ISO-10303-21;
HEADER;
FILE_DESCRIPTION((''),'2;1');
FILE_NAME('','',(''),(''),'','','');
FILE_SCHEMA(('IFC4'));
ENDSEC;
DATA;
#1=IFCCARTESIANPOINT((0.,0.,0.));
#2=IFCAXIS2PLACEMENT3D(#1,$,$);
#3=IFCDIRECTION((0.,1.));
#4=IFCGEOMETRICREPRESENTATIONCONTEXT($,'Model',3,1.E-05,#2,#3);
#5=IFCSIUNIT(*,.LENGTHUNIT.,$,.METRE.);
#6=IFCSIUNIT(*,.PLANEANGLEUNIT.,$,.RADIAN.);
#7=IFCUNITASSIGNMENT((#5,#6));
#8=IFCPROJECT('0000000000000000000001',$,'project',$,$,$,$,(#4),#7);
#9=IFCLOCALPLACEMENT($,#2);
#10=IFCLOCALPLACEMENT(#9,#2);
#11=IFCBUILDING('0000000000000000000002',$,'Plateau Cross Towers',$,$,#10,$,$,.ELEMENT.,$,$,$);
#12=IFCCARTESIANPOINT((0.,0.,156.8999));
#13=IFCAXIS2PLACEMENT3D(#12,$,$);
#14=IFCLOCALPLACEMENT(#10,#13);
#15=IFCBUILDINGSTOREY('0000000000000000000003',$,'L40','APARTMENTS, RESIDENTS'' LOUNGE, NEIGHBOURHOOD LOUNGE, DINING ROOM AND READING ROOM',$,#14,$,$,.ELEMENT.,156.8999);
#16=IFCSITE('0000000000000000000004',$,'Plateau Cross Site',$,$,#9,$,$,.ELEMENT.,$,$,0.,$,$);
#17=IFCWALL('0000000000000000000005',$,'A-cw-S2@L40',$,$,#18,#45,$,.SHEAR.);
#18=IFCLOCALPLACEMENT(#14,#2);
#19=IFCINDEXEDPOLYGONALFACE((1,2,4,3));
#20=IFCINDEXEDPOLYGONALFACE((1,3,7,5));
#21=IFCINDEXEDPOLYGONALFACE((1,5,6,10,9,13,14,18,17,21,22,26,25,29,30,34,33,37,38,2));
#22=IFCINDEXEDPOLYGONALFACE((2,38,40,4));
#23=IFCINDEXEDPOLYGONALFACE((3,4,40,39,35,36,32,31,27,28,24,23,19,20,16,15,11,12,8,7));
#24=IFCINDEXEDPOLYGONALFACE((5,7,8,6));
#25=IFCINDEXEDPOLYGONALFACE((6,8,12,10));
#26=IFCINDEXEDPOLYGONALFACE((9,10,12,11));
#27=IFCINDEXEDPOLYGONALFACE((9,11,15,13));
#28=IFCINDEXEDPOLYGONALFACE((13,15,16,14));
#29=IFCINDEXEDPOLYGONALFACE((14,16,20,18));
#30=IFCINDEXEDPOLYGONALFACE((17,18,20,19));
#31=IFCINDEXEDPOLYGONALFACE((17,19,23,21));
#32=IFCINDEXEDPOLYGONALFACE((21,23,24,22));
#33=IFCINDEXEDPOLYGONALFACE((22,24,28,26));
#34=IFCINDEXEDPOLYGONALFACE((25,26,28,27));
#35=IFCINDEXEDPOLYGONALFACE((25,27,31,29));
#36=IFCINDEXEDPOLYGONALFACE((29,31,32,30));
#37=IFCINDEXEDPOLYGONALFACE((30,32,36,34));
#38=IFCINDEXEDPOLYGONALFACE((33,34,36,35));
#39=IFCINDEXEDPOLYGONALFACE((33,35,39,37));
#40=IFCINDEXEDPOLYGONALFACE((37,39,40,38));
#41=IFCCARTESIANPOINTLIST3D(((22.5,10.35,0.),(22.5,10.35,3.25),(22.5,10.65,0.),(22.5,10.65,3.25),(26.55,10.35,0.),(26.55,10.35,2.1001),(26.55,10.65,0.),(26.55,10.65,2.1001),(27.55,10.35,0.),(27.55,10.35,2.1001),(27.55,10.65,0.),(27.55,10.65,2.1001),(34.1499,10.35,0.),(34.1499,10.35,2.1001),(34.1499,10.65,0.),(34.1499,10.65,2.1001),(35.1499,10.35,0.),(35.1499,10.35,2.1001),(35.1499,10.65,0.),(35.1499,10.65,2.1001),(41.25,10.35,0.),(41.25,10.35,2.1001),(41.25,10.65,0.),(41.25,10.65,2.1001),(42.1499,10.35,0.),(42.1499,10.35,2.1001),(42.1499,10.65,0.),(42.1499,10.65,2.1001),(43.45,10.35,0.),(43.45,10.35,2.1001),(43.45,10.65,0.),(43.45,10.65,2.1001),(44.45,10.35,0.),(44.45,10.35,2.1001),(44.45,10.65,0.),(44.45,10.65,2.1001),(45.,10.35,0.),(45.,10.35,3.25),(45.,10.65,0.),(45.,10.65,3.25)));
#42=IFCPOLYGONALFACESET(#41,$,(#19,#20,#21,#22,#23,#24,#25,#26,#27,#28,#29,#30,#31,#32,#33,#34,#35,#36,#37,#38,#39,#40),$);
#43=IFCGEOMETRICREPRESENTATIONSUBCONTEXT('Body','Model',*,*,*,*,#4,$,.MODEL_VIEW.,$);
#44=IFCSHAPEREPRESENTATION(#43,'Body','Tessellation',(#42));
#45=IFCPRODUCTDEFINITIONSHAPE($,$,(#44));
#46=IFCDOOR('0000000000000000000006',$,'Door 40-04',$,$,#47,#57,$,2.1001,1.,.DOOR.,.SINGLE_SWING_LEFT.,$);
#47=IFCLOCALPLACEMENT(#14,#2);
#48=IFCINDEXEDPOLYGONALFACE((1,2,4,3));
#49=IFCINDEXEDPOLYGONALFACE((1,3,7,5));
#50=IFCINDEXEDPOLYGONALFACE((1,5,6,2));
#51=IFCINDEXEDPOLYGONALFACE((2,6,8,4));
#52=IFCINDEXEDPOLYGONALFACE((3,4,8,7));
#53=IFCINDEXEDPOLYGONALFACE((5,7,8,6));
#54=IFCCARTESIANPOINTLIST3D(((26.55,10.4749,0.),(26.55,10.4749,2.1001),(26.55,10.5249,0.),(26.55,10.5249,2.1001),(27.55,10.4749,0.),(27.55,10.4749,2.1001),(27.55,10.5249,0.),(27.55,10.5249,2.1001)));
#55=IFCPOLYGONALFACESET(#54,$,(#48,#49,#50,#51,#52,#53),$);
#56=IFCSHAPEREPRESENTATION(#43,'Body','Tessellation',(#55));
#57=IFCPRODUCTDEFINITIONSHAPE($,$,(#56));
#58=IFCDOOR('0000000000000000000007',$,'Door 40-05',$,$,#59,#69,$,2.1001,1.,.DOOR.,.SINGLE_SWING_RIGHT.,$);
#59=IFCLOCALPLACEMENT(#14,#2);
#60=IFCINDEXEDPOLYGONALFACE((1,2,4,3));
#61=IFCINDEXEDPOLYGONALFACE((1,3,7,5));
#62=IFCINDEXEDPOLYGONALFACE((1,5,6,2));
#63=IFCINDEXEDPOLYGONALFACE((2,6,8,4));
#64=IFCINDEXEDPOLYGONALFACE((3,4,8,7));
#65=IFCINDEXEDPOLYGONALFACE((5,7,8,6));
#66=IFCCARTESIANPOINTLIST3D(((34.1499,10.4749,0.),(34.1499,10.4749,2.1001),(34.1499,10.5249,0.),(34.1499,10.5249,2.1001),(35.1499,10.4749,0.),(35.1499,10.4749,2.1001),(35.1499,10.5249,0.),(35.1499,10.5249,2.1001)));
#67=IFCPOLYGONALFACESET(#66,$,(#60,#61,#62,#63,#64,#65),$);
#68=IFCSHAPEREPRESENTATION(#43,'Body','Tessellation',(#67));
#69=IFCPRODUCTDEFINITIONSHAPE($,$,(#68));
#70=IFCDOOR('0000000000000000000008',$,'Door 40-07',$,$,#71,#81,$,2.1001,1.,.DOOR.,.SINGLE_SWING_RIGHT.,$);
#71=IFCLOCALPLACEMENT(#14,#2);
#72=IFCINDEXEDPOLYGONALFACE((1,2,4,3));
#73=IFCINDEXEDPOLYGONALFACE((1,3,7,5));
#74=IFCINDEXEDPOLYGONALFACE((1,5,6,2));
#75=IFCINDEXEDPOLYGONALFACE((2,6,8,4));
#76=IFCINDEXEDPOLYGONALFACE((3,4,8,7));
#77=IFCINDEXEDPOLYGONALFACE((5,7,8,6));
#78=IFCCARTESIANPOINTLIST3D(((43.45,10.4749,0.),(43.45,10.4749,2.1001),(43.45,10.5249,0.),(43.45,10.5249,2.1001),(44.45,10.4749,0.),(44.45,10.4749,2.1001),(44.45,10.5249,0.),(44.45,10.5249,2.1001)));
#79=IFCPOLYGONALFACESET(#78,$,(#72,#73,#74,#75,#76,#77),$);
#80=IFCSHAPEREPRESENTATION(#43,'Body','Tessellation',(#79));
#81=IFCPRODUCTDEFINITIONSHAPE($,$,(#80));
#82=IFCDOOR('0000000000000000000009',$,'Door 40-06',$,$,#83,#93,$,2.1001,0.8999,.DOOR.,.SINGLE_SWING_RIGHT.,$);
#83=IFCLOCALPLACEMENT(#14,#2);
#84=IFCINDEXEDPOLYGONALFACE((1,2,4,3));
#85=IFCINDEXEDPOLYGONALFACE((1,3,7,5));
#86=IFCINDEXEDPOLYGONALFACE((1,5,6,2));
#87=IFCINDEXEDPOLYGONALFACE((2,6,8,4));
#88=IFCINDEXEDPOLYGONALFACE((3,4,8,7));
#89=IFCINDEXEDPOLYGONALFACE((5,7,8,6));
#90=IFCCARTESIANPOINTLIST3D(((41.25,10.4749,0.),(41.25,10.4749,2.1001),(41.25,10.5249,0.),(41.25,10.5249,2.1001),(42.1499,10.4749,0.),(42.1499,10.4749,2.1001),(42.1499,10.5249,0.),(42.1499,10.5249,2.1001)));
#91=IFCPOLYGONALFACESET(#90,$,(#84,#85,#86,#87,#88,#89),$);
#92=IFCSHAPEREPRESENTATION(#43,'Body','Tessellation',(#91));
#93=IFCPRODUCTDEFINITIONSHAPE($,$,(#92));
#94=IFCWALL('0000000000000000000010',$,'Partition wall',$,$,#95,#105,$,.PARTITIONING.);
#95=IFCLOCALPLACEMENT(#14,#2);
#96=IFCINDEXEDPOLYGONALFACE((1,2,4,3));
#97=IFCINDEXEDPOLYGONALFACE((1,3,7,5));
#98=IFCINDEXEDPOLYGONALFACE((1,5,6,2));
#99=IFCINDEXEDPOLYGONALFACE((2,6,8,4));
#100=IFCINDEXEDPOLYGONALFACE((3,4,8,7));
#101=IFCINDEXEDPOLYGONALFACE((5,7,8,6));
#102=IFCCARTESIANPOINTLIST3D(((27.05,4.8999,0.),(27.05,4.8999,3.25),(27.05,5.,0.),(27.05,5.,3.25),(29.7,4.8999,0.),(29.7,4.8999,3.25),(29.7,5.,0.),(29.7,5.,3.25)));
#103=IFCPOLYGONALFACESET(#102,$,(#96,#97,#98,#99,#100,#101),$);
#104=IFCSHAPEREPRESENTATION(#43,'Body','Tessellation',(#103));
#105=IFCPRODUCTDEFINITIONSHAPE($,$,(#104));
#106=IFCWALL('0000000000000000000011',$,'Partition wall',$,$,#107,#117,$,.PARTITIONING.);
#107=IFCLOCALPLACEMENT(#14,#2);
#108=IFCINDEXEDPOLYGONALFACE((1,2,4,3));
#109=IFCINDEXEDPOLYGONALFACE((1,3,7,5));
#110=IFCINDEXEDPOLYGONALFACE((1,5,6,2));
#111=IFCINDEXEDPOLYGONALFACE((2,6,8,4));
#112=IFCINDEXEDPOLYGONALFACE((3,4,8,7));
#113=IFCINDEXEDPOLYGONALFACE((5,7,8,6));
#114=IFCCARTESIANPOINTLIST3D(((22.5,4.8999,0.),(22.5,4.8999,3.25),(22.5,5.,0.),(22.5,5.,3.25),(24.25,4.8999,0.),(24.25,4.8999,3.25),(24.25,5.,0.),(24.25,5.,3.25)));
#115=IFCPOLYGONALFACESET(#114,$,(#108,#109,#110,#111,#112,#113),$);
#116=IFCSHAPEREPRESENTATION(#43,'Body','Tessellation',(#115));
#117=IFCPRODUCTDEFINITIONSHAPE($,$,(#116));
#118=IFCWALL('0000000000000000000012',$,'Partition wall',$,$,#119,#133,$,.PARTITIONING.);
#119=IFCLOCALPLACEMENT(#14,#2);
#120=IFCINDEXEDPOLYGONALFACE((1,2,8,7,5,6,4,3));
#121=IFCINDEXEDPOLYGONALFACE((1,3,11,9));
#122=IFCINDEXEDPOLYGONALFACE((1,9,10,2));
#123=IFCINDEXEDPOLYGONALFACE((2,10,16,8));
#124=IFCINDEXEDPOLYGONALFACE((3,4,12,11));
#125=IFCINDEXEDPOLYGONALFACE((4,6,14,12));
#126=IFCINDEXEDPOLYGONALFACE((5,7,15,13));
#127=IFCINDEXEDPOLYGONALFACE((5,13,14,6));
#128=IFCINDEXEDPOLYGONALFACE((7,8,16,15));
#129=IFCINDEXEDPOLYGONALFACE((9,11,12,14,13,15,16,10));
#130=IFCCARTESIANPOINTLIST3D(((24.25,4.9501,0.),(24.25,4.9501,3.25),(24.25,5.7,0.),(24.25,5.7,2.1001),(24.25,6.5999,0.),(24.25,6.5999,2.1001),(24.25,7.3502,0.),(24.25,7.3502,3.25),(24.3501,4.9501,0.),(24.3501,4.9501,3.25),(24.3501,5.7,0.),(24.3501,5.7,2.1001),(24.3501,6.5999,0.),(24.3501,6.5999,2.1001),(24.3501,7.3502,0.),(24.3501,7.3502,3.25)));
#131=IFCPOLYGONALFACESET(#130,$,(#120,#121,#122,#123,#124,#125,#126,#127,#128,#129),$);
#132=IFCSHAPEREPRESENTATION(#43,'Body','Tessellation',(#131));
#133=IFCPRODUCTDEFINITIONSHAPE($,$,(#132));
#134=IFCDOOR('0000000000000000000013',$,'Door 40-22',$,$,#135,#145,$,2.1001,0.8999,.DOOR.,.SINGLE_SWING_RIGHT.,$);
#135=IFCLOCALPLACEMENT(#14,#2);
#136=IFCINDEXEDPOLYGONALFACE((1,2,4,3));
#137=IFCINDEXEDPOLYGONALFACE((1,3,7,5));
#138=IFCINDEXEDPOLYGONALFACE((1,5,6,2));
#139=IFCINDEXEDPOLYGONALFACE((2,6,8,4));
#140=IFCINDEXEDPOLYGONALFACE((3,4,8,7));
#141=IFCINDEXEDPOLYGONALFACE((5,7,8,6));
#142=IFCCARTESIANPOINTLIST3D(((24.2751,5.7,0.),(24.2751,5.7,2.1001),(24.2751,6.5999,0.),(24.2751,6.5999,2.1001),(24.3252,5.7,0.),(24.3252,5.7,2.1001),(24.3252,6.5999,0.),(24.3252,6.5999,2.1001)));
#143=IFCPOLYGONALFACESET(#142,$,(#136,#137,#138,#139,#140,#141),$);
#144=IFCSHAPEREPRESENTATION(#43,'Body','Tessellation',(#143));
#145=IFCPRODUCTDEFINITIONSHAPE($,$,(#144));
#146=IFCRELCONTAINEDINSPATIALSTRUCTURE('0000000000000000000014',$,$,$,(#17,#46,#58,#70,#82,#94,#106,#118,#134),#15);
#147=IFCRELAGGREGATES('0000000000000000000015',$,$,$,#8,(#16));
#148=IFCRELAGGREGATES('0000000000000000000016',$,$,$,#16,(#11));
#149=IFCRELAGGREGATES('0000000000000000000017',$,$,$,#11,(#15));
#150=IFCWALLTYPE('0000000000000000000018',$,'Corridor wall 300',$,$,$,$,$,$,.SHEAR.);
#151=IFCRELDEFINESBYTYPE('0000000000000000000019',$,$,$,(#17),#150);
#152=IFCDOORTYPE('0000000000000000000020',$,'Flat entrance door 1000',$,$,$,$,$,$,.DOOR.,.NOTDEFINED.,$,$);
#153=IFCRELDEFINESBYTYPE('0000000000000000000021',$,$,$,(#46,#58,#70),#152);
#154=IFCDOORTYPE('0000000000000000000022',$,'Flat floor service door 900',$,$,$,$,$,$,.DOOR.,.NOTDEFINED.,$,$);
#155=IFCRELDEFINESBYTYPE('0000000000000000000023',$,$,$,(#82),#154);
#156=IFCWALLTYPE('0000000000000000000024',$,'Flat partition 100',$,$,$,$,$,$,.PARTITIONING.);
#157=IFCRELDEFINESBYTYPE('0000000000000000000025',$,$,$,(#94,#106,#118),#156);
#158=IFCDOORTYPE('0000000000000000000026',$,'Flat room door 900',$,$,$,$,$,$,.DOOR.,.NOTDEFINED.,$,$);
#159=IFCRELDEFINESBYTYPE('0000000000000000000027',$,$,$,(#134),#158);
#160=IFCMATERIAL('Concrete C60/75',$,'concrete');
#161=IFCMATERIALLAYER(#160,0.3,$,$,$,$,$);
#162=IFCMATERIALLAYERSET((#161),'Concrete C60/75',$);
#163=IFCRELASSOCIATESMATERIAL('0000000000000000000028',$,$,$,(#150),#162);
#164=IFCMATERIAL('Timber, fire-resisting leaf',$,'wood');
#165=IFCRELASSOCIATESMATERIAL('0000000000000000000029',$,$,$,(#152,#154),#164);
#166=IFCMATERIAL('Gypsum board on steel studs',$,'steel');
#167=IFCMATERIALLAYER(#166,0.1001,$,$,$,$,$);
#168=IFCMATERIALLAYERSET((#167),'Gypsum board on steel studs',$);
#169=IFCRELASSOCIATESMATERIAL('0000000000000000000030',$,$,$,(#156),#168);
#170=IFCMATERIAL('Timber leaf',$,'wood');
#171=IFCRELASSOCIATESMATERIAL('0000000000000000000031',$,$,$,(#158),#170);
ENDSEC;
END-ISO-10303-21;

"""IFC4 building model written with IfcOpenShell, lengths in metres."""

from ifc_helpers import new_model, si_unit, direction, frame, frame_2d, origin, place, context, subcontext, project, spatial, rectangle, extrude, material, layer, layer_set, type_object, element, fill, save


model = new_model("IFC4")

# Units and contexts
model_context = context("Model", 3, precision=1e-05, world=origin(), true_north=direction((0.0, 1.0)))
body_context = subcontext(model_context, "Body", "Model", "MODEL_VIEW")
ifc_project = project(units=[si_unit("LENGTHUNIT", "METRE"), si_unit("PLANEANGLEUNIT", "RADIAN")], contexts=[model_context])

# Site, building, storey
site_placement = place(None, origin())
site = spatial("IfcSite", under=ifc_project, at=site_placement, Name="Plateau Cross Site", CompositionType="ELEMENT", RefElevation=0.0)
building_placement = place(site_placement, origin())
building = spatial("IfcBuilding", under=site, at=building_placement, Name="Plateau Cross Towers", CompositionType="ELEMENT")
storey_placement = place(building_placement, frame((0.0, 0.0, 156.8999)))
storey = spatial("IfcBuildingStorey", under=building, at=storey_placement, Name="L40", Description="APARTMENTS, RESIDENTS' LOUNGE, NEIGHBOURHOOD LOUNGE, DINING ROOM AND READING ROOM", CompositionType="ELEMENT", Elevation=156.8999)

# Shared definitions
ifc_material_1 = material(Name="Concrete C60/75", Category="concrete")

# Wall, openings, doors
ifc_layer_1 = layer(ifc_material_1, 0.3)
ifc_layer_set_1 = layer_set([ifc_layer_1], Name="Concrete C60/75")
wall_type_1 = type_object("IfcWallType", Name="Corridor wall 300", PredefinedType="SHEAR", material=ifc_layer_set_1)
ifc_material_2 = material(Name="Timber, fire-resisting leaf", Category="wood")
door_type_1 = type_object("IfcDoorType", Name="Flat entrance door 1000", OperationType="NOTDEFINED", PredefinedType="DOOR", material=ifc_material_2)
wall_1_placement = place(storey_placement, frame((22.5, 10.5, 0.0), z_axis=(0.0, 0.0, 1.0), x_axis=(1.0, 0.0, 0.0)))
wall_1 = element("IfcWall", 1, at=wall_1_placement, inside=storey, type_object=wall_type_1, Name="A-cw-S2@L40", PredefinedType="SHEAR", context=body_context, shape_type="SweptSolid", body=[
    extrude(rectangle(XDim=22.5, YDim=0.3, at=frame_2d((11.25, 0.0))), origin(), (0.0, 0.0, 1.0), 3.25),
])
opening_1_placement = place(wall_1_placement, frame((4.05, 0.0, 0.0)))
opening_1 = element("IfcOpeningElement", 2, at=opening_1_placement, cuts=wall_1, PredefinedType="OPENING", context=body_context, shape_type="SweptSolid", body=[
    extrude(rectangle(XDim=1.0, YDim=2.1001, at=frame_2d((0.5, 1.05))), frame((0.0, 0.1599, 0.0), z_axis=(0.0, -1.0, 0.0), x_axis=(1.0, 0.0, 0.0)), (0.0, 0.0, 1.0), 0.3201),
])
opening_2_placement = place(wall_1_placement, frame((11.6499, 0.0, 0.0)))
opening_2 = element("IfcOpeningElement", 3, at=opening_2_placement, cuts=wall_1, PredefinedType="OPENING", context=body_context, shape_type="SweptSolid", body=[
    extrude(rectangle(XDim=1.0, YDim=2.1001, at=frame_2d((0.5, 1.05))), frame((0.0, 0.1599, 0.0), z_axis=(0.0, -1.0, 0.0), x_axis=(1.0, 0.0, 0.0)), (0.0, 0.0, 1.0), 0.3201),
])
opening_3_placement = place(wall_1_placement, frame((18.75, 0.0, 0.0)))
opening_3 = element("IfcOpeningElement", 4, at=opening_3_placement, cuts=wall_1, PredefinedType="OPENING", context=body_context, shape_type="SweptSolid", body=[
    extrude(rectangle(XDim=0.8999, YDim=2.1001, at=frame_2d((0.45, 1.05))), frame((0.0, 0.1599, 0.0), z_axis=(0.0, -1.0, 0.0), x_axis=(1.0, 0.0, 0.0)), (0.0, 0.0, 1.0), 0.3201),
])
opening_4_placement = place(wall_1_placement, frame((20.95, 0.0, 0.0)))
opening_4 = element("IfcOpeningElement", 5, at=opening_4_placement, cuts=wall_1, PredefinedType="OPENING", context=body_context, shape_type="SweptSolid", body=[
    extrude(rectangle(XDim=1.0, YDim=2.1001, at=frame_2d((0.5, 1.05))), frame((0.0, 0.1599, 0.0), z_axis=(0.0, -1.0, 0.0), x_axis=(1.0, 0.0, 0.0)), (0.0, 0.0, 1.0), 0.3201),
])
door_1_placement = place(opening_1_placement, origin())
door_1 = element("IfcDoor", 6, at=door_1_placement, inside=storey, type_object=door_type_1, Name="Door 40-04", OperationType="SINGLE_SWING_LEFT", OverallHeight=2.1001, OverallWidth=1.0, PredefinedType="DOOR", context=body_context, shape_type="SweptSolid", body=[
    extrude(rectangle(XDim=1.0, YDim=2.1001, at=frame_2d((0.5, 1.05))), frame((0.0, 0.0249, 0.0), z_axis=(0.0, -1.0, 0.0), x_axis=(1.0, 0.0, 0.0)), (0.0, 0.0, 1.0), 0.05),
])
fill(opening_1, door_1)
door_2_placement = place(opening_2_placement, origin())
door_2 = element("IfcDoor", 7, at=door_2_placement, inside=storey, type_object=door_type_1, Name="Door 40-05", OperationType="SINGLE_SWING_RIGHT", OverallHeight=2.1001, OverallWidth=1.0, PredefinedType="DOOR", context=body_context, shape_type="SweptSolid", body=[
    extrude(rectangle(XDim=1.0, YDim=2.1001, at=frame_2d((0.5, 1.05))), frame((0.0, 0.0249, 0.0), z_axis=(0.0, -1.0, 0.0), x_axis=(1.0, 0.0, 0.0)), (0.0, 0.0, 1.0), 0.05),
])
fill(opening_2, door_2)
door_3_placement = place(opening_4_placement, origin())
door_3 = element("IfcDoor", 8, at=door_3_placement, inside=storey, type_object=door_type_1, Name="Door 40-07", OperationType="SINGLE_SWING_RIGHT", OverallHeight=2.1001, OverallWidth=1.0, PredefinedType="DOOR", context=body_context, shape_type="SweptSolid", body=[
    extrude(rectangle(XDim=1.0, YDim=2.1001, at=frame_2d((0.5, 1.05))), frame((0.0, 0.0249, 0.0), z_axis=(0.0, -1.0, 0.0), x_axis=(1.0, 0.0, 0.0)), (0.0, 0.0, 1.0), 0.05),
])
fill(opening_4, door_3)
door_type_2 = type_object("IfcDoorType", Name="Flat floor service door 900", OperationType="NOTDEFINED", PredefinedType="DOOR", material=ifc_material_2)
door_4_placement = place(opening_3_placement, origin())
door_4 = element("IfcDoor", 9, at=door_4_placement, inside=storey, type_object=door_type_2, Name="Door 40-06", OperationType="SINGLE_SWING_RIGHT", OverallHeight=2.1001, OverallWidth=0.8999, PredefinedType="DOOR", context=body_context, shape_type="SweptSolid", body=[
    extrude(rectangle(XDim=0.8999, YDim=2.1001, at=frame_2d((0.45, 1.05))), frame((0.0, 0.0249, 0.0), z_axis=(0.0, -1.0, 0.0), x_axis=(1.0, 0.0, 0.0)), (0.0, 0.0, 1.0), 0.05),
])
fill(opening_3, door_4)

# Walls
ifc_material_3 = material(Name="Gypsum board on steel studs", Category="steel")
ifc_layer_2 = layer(ifc_material_3, 0.1001)
ifc_layer_set_2 = layer_set([ifc_layer_2], Name="Gypsum board on steel studs")
wall_type_2 = type_object("IfcWallType", Name="Flat partition 100", PredefinedType="PARTITIONING", material=ifc_layer_set_2)
wall_2_placement = place(storey_placement, frame((29.7, 4.95, 0.0), z_axis=(0.0, 0.0, 1.0), x_axis=(-1.0, 0.0, 0.0)))
element("IfcWall", 10, at=wall_2_placement, inside=storey, type_object=wall_type_2, Name="Partition wall", PredefinedType="PARTITIONING", context=body_context, shape_type="SweptSolid", body=[
    extrude(rectangle(XDim=2.6499, YDim=0.1001, at=frame_2d((1.325, 0.0))), origin(), (0.0, 0.0, 1.0), 3.25),
])
wall_3_placement = place(storey_placement, frame((22.5, 4.95, 0.0), z_axis=(0.0, 0.0, 1.0), x_axis=(1.0, 0.0, 0.0)))
element("IfcWall", 11, at=wall_3_placement, inside=storey, type_object=wall_type_2, Name="Partition wall", PredefinedType="PARTITIONING", context=body_context, shape_type="SweptSolid", body=[
    extrude(rectangle(XDim=1.75, YDim=0.1001, at=frame_2d((0.875, 0.0))), origin(), (0.0, 0.0, 1.0), 3.25),
])

# Wall, opening, door
wall_4_placement = place(storey_placement, frame((24.3, 4.95, 0.0), z_axis=(0.0, 0.0, 1.0), x_axis=(0.0, 1.0, 0.0)))
wall_4 = element("IfcWall", 12, at=wall_4_placement, inside=storey, type_object=wall_type_2, Name="Partition wall", PredefinedType="PARTITIONING", context=body_context, shape_type="SweptSolid", body=[
    extrude(rectangle(XDim=2.4001, YDim=0.1001, at=frame_2d((1.2002, 0.0))), origin(), (0.0, 0.0, 1.0), 3.25),
])
opening_5_placement = place(wall_4_placement, frame((0.75, 0.0, 0.0)))
opening_5 = element("IfcOpeningElement", 13, at=opening_5_placement, cuts=wall_4, PredefinedType="OPENING", context=body_context, shape_type="SweptSolid", body=[
    extrude(rectangle(XDim=0.8999, YDim=2.1001, at=frame_2d((0.45, 1.05))), frame((0.0, 0.0601, 0.0), z_axis=(0.0, -1.0, 0.0), x_axis=(1.0, 0.0, 0.0)), (0.0, 0.0, 1.0), 0.1201),
])
ifc_material_4 = material(Name="Timber leaf", Category="wood")
door_type_3 = type_object("IfcDoorType", Name="Flat room door 900", OperationType="NOTDEFINED", PredefinedType="DOOR", material=ifc_material_4)
door_5_placement = place(opening_5_placement, origin())
door_5 = element("IfcDoor", 14, at=door_5_placement, inside=storey, type_object=door_type_3, Name="Door 40-22", OperationType="SINGLE_SWING_RIGHT", OverallHeight=2.1001, OverallWidth=0.8999, PredefinedType="DOOR", context=body_context, shape_type="SweptSolid", body=[
    extrude(rectangle(XDim=0.8999, YDim=2.1001, at=frame_2d((0.45, 1.05))), frame((0.0, 0.0249, 0.0), z_axis=(0.0, -1.0, 0.0), x_axis=(1.0, 0.0, 0.0)), (0.0, 0.0, 1.0), 0.05),
])
fill(opening_5, door_5)

save(model, "model.ifc")
